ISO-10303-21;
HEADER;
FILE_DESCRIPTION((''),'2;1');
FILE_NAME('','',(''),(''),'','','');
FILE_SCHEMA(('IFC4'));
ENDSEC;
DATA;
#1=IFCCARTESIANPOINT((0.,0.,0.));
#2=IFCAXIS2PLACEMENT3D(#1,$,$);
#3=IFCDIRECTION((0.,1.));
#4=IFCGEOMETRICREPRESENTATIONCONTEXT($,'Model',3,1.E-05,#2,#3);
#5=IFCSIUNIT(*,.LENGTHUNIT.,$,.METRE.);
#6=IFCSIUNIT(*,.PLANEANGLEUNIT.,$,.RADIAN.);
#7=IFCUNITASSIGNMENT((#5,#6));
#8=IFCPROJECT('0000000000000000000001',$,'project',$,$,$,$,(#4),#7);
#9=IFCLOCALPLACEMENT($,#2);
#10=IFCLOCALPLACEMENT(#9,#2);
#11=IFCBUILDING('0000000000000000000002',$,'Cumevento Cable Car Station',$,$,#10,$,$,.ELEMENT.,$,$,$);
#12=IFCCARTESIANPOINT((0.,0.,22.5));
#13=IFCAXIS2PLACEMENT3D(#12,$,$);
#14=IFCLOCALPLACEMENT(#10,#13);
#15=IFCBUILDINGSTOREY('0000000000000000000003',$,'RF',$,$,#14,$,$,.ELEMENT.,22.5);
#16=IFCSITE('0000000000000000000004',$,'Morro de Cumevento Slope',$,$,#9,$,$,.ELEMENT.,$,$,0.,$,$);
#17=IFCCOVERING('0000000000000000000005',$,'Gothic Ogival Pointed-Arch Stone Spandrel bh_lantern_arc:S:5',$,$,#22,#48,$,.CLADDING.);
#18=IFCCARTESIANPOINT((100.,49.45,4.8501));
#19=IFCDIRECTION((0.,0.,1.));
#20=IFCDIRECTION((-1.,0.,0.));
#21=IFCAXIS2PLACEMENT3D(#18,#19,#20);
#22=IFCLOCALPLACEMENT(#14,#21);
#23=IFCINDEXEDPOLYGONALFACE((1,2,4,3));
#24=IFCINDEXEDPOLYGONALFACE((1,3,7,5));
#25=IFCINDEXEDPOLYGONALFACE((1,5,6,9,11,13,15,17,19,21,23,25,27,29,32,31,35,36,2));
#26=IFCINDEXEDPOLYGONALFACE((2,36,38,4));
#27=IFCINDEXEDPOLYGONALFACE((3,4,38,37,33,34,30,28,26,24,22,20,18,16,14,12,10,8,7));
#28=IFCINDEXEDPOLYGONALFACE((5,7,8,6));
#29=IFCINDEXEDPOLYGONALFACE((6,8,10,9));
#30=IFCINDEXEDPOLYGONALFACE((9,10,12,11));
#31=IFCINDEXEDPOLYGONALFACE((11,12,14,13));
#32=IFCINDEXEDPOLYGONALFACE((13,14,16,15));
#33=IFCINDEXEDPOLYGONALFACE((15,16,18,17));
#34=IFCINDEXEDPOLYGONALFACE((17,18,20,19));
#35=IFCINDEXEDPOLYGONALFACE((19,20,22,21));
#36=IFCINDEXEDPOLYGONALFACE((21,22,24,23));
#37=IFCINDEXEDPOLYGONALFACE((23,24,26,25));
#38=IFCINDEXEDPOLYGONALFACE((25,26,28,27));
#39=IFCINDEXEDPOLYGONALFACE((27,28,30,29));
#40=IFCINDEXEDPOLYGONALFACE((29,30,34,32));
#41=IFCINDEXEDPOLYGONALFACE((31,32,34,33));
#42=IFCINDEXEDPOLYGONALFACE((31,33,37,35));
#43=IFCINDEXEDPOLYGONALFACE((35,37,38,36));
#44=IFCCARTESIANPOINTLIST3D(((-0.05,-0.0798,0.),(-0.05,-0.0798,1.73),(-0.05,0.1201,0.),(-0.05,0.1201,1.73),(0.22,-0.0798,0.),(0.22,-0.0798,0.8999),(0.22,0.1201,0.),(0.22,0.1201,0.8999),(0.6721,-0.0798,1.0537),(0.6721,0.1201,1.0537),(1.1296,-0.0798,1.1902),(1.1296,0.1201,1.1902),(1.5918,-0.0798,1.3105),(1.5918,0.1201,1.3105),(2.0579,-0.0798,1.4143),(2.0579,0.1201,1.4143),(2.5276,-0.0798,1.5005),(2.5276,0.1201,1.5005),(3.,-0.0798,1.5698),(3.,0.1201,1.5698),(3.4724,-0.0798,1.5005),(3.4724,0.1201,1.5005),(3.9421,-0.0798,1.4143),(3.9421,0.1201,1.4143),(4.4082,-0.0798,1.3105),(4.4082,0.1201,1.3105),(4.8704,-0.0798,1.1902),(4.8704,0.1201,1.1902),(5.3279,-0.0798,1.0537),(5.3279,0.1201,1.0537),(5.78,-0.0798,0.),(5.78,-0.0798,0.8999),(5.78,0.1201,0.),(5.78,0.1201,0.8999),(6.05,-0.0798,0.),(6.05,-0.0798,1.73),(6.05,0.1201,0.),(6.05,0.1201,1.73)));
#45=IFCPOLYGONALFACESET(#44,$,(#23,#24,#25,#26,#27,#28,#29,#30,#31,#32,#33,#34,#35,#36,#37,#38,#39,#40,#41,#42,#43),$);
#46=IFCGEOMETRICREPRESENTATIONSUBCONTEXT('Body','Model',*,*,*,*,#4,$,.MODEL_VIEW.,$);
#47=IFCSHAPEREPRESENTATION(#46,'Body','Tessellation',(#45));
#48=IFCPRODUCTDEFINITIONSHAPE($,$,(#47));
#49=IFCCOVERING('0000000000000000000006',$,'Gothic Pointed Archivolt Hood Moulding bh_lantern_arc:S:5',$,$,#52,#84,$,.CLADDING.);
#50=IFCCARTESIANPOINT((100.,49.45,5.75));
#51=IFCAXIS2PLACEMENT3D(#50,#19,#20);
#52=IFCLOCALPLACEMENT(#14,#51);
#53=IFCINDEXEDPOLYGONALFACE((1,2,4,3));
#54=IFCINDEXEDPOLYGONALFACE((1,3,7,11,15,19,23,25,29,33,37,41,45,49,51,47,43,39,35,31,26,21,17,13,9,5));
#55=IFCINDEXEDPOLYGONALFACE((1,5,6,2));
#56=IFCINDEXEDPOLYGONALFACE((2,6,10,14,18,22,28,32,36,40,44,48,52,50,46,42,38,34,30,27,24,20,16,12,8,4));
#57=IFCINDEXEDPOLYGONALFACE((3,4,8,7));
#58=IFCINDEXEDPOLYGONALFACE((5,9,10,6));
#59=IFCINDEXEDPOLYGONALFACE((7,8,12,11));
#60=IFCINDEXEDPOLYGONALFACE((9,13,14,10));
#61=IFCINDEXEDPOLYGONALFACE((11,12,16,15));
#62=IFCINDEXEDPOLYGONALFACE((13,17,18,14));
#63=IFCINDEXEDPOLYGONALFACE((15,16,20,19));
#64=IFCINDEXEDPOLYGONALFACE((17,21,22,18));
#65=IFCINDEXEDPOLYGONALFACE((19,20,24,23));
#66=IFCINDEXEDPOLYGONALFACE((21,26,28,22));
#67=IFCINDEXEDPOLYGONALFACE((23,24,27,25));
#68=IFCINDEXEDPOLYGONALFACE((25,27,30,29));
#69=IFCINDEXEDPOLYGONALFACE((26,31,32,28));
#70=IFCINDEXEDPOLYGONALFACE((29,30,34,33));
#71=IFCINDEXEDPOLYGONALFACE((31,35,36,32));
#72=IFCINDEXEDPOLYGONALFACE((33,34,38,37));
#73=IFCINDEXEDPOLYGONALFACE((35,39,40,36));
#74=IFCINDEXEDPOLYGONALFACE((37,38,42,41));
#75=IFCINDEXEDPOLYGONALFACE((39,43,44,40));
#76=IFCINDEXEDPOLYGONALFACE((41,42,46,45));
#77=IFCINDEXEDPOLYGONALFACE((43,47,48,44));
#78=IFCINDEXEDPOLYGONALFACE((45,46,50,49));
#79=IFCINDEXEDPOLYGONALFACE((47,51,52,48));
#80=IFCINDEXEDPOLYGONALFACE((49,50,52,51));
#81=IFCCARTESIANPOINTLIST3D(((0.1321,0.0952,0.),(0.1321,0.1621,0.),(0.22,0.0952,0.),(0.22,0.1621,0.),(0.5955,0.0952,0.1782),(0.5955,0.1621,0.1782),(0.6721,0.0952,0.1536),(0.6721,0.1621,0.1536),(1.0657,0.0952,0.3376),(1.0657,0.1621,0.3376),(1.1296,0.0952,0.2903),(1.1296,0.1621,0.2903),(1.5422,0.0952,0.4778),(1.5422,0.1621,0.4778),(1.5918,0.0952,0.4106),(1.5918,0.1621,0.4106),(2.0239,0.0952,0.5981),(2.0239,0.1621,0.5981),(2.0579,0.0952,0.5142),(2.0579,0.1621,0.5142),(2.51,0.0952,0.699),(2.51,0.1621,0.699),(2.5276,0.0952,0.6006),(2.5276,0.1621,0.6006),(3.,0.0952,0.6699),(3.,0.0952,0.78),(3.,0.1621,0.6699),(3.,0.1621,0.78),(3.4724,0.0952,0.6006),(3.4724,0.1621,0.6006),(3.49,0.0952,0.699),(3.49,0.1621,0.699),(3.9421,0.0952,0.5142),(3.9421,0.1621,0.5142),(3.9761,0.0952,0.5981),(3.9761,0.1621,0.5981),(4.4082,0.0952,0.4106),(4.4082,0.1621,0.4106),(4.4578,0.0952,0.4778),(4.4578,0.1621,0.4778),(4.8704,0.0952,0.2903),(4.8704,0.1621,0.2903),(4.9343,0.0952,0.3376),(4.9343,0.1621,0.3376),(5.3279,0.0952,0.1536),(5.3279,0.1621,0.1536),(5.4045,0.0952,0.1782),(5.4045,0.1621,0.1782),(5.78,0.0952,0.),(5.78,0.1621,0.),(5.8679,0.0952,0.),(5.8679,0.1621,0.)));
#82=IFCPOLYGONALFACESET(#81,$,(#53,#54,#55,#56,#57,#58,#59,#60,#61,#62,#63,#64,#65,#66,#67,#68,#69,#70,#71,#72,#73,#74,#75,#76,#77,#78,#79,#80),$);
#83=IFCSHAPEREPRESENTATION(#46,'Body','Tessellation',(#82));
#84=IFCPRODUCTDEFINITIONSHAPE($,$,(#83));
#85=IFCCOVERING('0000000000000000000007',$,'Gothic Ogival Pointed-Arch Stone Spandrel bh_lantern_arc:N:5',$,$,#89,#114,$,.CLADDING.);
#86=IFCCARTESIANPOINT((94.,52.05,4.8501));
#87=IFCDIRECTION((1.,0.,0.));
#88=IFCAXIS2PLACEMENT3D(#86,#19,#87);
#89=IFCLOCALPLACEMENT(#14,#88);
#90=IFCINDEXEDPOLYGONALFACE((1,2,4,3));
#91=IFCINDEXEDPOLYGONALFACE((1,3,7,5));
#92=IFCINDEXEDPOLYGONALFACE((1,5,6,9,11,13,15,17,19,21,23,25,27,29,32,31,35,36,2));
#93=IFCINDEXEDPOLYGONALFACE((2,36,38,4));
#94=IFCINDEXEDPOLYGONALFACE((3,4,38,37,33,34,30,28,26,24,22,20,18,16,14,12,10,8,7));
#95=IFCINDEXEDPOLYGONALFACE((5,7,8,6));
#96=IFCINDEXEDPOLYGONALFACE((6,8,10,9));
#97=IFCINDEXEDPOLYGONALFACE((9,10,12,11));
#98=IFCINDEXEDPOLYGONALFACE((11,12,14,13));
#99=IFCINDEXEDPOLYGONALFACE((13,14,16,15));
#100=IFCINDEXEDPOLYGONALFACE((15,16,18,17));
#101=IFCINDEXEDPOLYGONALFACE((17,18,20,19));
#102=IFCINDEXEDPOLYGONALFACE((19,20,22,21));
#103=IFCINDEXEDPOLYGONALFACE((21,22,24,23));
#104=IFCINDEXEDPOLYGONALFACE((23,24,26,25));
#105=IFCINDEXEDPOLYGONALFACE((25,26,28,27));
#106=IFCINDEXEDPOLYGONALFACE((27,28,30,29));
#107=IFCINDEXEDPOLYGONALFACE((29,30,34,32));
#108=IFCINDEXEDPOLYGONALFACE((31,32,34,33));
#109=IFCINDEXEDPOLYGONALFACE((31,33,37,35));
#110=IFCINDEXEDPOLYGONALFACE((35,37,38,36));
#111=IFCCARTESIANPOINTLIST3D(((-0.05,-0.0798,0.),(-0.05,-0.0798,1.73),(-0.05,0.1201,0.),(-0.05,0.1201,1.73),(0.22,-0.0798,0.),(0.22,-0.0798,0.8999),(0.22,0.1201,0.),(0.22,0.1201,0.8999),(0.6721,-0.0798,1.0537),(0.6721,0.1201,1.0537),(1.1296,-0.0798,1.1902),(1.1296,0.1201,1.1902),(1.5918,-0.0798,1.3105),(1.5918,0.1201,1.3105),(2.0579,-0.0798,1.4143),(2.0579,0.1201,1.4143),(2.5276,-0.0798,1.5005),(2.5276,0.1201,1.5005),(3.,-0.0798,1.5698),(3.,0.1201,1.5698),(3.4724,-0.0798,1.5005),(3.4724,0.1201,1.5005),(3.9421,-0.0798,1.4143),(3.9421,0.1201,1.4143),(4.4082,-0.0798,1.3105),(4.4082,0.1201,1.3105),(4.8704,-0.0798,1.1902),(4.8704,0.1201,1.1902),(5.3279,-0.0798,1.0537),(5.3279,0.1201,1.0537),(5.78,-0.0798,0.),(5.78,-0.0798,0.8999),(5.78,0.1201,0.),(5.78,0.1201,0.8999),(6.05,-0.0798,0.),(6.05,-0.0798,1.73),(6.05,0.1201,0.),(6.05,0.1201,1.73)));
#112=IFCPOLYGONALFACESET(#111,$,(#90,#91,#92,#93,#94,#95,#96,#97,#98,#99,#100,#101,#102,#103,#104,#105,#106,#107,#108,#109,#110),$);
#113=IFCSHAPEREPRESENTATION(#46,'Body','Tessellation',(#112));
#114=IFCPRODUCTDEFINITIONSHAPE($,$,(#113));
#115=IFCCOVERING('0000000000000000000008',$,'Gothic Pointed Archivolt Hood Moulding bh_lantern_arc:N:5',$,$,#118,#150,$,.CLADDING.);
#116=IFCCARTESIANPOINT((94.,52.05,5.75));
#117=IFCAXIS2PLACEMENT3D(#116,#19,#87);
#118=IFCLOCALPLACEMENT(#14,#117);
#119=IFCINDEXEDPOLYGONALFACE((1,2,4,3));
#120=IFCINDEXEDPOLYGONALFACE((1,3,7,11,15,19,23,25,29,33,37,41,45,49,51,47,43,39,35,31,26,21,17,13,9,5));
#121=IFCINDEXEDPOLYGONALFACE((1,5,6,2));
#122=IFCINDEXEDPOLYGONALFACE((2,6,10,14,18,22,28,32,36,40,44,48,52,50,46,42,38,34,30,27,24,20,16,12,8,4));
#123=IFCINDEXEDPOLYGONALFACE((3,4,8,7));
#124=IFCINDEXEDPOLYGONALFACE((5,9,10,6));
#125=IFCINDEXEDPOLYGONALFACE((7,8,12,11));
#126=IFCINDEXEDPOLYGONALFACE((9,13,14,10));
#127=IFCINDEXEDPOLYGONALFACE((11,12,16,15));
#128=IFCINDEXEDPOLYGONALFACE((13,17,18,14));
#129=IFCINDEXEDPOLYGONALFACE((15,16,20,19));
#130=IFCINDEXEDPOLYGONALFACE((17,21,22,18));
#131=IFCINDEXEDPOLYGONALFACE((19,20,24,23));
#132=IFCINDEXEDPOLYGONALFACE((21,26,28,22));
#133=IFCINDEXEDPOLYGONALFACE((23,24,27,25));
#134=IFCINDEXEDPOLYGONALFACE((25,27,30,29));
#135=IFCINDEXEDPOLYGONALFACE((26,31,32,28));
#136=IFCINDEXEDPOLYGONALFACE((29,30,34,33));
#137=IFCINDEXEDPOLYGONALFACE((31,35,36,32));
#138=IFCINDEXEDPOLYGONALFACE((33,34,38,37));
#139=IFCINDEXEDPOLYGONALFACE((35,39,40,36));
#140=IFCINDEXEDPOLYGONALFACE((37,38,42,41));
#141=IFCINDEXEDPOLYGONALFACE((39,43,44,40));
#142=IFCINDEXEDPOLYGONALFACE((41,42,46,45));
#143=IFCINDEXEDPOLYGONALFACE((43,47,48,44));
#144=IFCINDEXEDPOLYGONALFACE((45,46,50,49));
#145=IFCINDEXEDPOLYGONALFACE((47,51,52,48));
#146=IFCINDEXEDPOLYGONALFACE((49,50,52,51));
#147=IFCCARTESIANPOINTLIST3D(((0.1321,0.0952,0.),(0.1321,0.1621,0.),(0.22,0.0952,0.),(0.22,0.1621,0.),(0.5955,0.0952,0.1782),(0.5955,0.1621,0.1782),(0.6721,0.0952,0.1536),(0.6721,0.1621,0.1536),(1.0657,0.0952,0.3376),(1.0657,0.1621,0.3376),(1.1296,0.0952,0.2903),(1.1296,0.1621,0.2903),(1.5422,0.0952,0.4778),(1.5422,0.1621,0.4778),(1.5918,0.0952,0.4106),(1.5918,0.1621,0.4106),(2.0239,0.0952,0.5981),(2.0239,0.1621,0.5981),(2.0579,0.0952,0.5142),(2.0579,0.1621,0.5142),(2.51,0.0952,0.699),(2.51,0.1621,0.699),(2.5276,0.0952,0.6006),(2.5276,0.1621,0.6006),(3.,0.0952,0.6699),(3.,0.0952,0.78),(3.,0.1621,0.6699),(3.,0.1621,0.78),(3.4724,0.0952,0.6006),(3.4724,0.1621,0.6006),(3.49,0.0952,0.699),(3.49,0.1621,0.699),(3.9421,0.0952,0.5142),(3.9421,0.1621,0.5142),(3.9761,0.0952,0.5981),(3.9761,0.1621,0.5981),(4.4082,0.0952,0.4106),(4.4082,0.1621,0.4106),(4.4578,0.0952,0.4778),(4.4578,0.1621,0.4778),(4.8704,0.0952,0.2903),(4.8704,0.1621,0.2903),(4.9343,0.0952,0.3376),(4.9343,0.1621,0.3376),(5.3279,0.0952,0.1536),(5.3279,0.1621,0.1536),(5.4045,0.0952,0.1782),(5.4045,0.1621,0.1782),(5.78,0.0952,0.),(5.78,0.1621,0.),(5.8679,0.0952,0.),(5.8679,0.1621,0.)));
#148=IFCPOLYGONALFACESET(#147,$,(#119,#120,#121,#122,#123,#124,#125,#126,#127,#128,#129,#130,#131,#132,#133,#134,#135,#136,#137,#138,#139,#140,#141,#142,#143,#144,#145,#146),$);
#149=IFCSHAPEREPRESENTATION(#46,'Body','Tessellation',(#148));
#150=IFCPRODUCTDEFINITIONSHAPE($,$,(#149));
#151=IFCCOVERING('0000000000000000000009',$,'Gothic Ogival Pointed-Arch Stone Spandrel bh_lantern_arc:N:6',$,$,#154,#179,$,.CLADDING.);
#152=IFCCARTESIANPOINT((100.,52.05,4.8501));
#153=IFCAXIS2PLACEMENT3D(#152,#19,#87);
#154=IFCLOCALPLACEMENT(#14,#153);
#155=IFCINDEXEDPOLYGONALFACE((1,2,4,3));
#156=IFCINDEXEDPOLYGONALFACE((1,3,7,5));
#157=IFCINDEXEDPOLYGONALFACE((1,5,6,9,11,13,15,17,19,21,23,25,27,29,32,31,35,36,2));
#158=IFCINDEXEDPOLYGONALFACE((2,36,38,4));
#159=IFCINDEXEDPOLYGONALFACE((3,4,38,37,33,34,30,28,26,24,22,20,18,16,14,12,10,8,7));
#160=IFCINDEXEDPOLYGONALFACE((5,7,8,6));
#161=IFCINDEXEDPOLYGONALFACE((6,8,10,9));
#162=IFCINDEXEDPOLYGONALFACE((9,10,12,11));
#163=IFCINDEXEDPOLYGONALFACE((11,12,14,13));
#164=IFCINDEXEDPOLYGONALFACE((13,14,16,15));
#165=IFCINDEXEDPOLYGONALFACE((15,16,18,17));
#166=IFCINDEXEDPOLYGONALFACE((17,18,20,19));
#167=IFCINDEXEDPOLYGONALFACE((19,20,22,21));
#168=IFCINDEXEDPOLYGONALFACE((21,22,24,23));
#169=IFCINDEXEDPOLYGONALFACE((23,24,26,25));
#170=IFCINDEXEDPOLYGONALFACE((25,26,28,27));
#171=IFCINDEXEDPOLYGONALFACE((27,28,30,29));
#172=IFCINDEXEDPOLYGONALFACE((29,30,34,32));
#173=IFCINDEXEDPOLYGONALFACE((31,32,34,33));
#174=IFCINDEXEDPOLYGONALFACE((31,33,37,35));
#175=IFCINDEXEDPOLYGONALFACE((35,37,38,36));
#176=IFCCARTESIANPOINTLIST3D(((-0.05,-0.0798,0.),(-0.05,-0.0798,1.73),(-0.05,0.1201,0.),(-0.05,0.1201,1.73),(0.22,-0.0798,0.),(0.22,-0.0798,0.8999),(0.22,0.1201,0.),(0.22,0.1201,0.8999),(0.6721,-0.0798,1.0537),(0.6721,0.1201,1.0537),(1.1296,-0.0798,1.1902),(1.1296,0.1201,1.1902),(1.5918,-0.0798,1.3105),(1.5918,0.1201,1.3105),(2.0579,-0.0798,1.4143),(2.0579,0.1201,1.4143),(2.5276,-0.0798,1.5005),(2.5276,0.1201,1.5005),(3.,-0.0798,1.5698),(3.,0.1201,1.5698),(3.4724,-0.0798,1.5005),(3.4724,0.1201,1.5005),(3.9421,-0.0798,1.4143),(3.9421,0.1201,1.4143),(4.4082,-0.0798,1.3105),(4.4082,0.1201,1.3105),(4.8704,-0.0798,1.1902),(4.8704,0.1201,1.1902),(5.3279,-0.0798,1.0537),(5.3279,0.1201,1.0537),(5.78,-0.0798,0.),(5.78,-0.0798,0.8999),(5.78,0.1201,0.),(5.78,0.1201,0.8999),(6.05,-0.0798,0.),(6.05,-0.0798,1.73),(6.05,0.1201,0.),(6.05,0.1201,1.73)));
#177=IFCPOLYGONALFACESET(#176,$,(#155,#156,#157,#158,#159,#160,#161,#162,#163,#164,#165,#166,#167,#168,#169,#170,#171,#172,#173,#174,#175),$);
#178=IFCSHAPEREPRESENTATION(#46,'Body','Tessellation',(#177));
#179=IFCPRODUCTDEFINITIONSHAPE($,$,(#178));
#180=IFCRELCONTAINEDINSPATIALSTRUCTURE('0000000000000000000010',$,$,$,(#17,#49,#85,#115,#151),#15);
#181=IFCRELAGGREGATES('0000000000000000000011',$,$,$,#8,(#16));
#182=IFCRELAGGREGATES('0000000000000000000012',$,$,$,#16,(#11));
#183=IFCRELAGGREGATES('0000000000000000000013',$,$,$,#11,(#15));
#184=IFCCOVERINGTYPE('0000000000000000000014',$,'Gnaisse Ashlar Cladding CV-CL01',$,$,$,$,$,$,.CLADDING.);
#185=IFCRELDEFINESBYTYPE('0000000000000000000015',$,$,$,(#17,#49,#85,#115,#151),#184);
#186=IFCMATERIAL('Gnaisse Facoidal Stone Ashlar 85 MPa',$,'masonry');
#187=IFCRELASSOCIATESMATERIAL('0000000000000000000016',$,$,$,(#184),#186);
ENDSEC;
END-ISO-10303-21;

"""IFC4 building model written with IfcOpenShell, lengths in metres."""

from ifc_helpers import new_model, si_unit, direction, frame, origin, place, context, subcontext, project, spatial, polyline, outline, extrude, material, type_object, element, save


model = new_model("IFC4")

# Units and contexts
model_context = context("Model", 3, precision=1e-05, world=origin(), true_north=direction((0.0, 1.0)))
body_context = subcontext(model_context, "Body", "Model", "MODEL_VIEW")
ifc_project = project(units=[si_unit("LENGTHUNIT", "METRE"), si_unit("PLANEANGLEUNIT", "RADIAN")], contexts=[model_context])

# Site, building, storey
site_placement = place(None, origin())
site = spatial("IfcSite", under=ifc_project, at=site_placement, Name="Morro de Cumevento Slope", CompositionType="ELEMENT", RefElevation=0.0)
building_placement = place(site_placement, origin())
building = spatial("IfcBuilding", under=site, at=building_placement, Name="Cumevento Cable Car Station", CompositionType="ELEMENT")
storey_placement = place(building_placement, frame((0.0, 0.0, 22.5)))
storey = spatial("IfcBuildingStorey", under=building, at=storey_placement, Name="RF", CompositionType="ELEMENT", Elevation=22.5)

# Coverings
ifc_material_1 = material(Name="Gnaisse Facoidal Stone Ashlar 85 MPa", Category="masonry")
covering_type_1 = type_object("IfcCoveringType", Name="Gnaisse Ashlar Cladding CV-CL01", PredefinedType="CLADDING", material=ifc_material_1)
covering_1_placement = place(storey_placement, frame((100.0, 49.45, 4.8501), z_axis=(0.0, 0.0, 1.0), x_axis=(-1.0, 0.0, 0.0)))
element("IfcCovering", 1, at=covering_1_placement, inside=storey, type_object=covering_type_1, Name="Gothic Ogival Pointed-Arch Stone Spandrel bh_lantern_arc:S:5", PredefinedType="CLADDING", context=body_context, shape_type="SweptSolid", body=[
    extrude(outline(polyline([(-0.05, 0.0), (-0.05, 1.73), (6.05, 1.73), (6.05, 0.0), (5.78, 0.0), (5.78, 0.8999), (5.3279, 1.0537), (4.8704, 1.1902), (4.4082, 1.3105), (3.9421, 1.4143), (3.4724, 1.5005), (3.0, 1.5698), (2.5276, 1.5005), (2.0579, 1.4143), (1.5918, 1.3105), (1.1296, 1.1902), (0.6721, 1.0537), (0.22, 0.8999), (0.22, 0.0), (-0.05, 0.0)])), frame((0.0, 0.1201, 0.0), z_axis=(0.0, -1.0, 0.0), x_axis=(1.0, 0.0, 0.0)), (0.0, 0.0, 1.0), 0.2),
])
covering_2_placement = place(storey_placement, frame((100.0, 49.45, 5.75), z_axis=(0.0, 0.0, 1.0), x_axis=(-1.0, 0.0, 0.0)))
element("IfcCovering", 2, at=covering_2_placement, inside=storey, type_object=covering_type_1, Name="Gothic Pointed Archivolt Hood Moulding bh_lantern_arc:S:5", PredefinedType="CLADDING", context=body_context, shape_type="SweptSolid", body=[
    extrude(outline(polyline([(0.22, 0.0), (0.6721, 0.1536), (1.1296, 0.2903), (1.5918, 0.4106), (2.0579, 0.5142), (2.5276, 0.6006), (3.0, 0.6699), (3.4724, 0.6006), (3.9421, 0.5142), (4.4082, 0.4106), (4.8704, 0.2903), (5.3279, 0.1536), (5.78, 0.0), (5.8679, 0.0), (5.4045, 0.1782), (4.9343, 0.3376), (4.4578, 0.4778), (3.9761, 0.5981), (3.49, 0.699), (3.0, 0.78), (2.51, 0.699), (2.0239, 0.5981), (1.5422, 0.4778), (1.0657, 0.3376), (0.5955, 0.1782), (0.1321, 0.0), (0.22, 0.0)])), frame((0.0, 0.1621, 0.0), z_axis=(0.0, -1.0, 0.0), x_axis=(1.0, 0.0, 0.0)), (0.0, 0.0, 1.0), 0.0669),
])
covering_3_placement = place(storey_placement, frame((94.0, 52.05, 4.8501), z_axis=(0.0, 0.0, 1.0), x_axis=(1.0, 0.0, 0.0)))
element("IfcCovering", 3, at=covering_3_placement, inside=storey, type_object=covering_type_1, Name="Gothic Ogival Pointed-Arch Stone Spandrel bh_lantern_arc:N:5", PredefinedType="CLADDING", context=body_context, shape_type="SweptSolid", body=[
    extrude(outline(polyline([(-0.05, 0.0), (-0.05, 1.73), (6.05, 1.73), (6.05, 0.0), (5.78, 0.0), (5.78, 0.8999), (5.3279, 1.0537), (4.8704, 1.1902), (4.4082, 1.3105), (3.9421, 1.4143), (3.4724, 1.5005), (3.0, 1.5698), (2.5276, 1.5005), (2.0579, 1.4143), (1.5918, 1.3105), (1.1296, 1.1902), (0.6721, 1.0537), (0.22, 0.8999), (0.22, 0.0), (-0.05, 0.0)])), frame((0.0, 0.1201, 0.0), z_axis=(0.0, -1.0, 0.0), x_axis=(1.0, 0.0, 0.0)), (0.0, 0.0, 1.0), 0.2),
])
covering_4_placement = place(storey_placement, frame((94.0, 52.05, 5.75), z_axis=(0.0, 0.0, 1.0), x_axis=(1.0, 0.0, 0.0)))
element("IfcCovering", 4, at=covering_4_placement, inside=storey, type_object=covering_type_1, Name="Gothic Pointed Archivolt Hood Moulding bh_lantern_arc:N:5", PredefinedType="CLADDING", context=body_context, shape_type="SweptSolid", body=[
    extrude(outline(polyline([(0.22, 0.0), (0.6721, 0.1536), (1.1296, 0.2903), (1.5918, 0.4106), (2.0579, 0.5142), (2.5276, 0.6006), (3.0, 0.6699), (3.4724, 0.6006), (3.9421, 0.5142), (4.4082, 0.4106), (4.8704, 0.2903), (5.3279, 0.1536), (5.78, 0.0), (5.8679, 0.0), (5.4045, 0.1782), (4.9343, 0.3376), (4.4578, 0.4778), (3.9761, 0.5981), (3.49, 0.699), (3.0, 0.78), (2.51, 0.699), (2.0239, 0.5981), (1.5422, 0.4778), (1.0657, 0.3376), (0.5955, 0.1782), (0.1321, 0.0), (0.22, 0.0)])), frame((0.0, 0.1621, 0.0), z_axis=(0.0, -1.0, 0.0), x_axis=(1.0, 0.0, 0.0)), (0.0, 0.0, 1.0), 0.0669),
])
covering_5_placement = place(storey_placement, frame((100.0, 52.05, 4.8501), z_axis=(0.0, 0.0, 1.0), x_axis=(1.0, 0.0, 0.0)))
element("IfcCovering", 5, at=covering_5_placement, inside=storey, type_object=covering_type_1, Name="Gothic Ogival Pointed-Arch Stone Spandrel bh_lantern_arc:N:6", PredefinedType="CLADDING", context=body_context, shape_type="SweptSolid", body=[
    extrude(outline(polyline([(-0.05, 0.0), (-0.05, 1.73), (6.05, 1.73), (6.05, 0.0), (5.78, 0.0), (5.78, 0.8999), (5.3279, 1.0537), (4.8704, 1.1902), (4.4082, 1.3105), (3.9421, 1.4143), (3.4724, 1.5005), (3.0, 1.5698), (2.5276, 1.5005), (2.0579, 1.4143), (1.5918, 1.3105), (1.1296, 1.1902), (0.6721, 1.0537), (0.22, 0.8999), (0.22, 0.0), (-0.05, 0.0)])), frame((0.0, 0.1201, 0.0), z_axis=(0.0, -1.0, 0.0), x_axis=(1.0, 0.0, 0.0)), (0.0, 0.0, 1.0), 0.2),
])

save(model, "model.ifc")
